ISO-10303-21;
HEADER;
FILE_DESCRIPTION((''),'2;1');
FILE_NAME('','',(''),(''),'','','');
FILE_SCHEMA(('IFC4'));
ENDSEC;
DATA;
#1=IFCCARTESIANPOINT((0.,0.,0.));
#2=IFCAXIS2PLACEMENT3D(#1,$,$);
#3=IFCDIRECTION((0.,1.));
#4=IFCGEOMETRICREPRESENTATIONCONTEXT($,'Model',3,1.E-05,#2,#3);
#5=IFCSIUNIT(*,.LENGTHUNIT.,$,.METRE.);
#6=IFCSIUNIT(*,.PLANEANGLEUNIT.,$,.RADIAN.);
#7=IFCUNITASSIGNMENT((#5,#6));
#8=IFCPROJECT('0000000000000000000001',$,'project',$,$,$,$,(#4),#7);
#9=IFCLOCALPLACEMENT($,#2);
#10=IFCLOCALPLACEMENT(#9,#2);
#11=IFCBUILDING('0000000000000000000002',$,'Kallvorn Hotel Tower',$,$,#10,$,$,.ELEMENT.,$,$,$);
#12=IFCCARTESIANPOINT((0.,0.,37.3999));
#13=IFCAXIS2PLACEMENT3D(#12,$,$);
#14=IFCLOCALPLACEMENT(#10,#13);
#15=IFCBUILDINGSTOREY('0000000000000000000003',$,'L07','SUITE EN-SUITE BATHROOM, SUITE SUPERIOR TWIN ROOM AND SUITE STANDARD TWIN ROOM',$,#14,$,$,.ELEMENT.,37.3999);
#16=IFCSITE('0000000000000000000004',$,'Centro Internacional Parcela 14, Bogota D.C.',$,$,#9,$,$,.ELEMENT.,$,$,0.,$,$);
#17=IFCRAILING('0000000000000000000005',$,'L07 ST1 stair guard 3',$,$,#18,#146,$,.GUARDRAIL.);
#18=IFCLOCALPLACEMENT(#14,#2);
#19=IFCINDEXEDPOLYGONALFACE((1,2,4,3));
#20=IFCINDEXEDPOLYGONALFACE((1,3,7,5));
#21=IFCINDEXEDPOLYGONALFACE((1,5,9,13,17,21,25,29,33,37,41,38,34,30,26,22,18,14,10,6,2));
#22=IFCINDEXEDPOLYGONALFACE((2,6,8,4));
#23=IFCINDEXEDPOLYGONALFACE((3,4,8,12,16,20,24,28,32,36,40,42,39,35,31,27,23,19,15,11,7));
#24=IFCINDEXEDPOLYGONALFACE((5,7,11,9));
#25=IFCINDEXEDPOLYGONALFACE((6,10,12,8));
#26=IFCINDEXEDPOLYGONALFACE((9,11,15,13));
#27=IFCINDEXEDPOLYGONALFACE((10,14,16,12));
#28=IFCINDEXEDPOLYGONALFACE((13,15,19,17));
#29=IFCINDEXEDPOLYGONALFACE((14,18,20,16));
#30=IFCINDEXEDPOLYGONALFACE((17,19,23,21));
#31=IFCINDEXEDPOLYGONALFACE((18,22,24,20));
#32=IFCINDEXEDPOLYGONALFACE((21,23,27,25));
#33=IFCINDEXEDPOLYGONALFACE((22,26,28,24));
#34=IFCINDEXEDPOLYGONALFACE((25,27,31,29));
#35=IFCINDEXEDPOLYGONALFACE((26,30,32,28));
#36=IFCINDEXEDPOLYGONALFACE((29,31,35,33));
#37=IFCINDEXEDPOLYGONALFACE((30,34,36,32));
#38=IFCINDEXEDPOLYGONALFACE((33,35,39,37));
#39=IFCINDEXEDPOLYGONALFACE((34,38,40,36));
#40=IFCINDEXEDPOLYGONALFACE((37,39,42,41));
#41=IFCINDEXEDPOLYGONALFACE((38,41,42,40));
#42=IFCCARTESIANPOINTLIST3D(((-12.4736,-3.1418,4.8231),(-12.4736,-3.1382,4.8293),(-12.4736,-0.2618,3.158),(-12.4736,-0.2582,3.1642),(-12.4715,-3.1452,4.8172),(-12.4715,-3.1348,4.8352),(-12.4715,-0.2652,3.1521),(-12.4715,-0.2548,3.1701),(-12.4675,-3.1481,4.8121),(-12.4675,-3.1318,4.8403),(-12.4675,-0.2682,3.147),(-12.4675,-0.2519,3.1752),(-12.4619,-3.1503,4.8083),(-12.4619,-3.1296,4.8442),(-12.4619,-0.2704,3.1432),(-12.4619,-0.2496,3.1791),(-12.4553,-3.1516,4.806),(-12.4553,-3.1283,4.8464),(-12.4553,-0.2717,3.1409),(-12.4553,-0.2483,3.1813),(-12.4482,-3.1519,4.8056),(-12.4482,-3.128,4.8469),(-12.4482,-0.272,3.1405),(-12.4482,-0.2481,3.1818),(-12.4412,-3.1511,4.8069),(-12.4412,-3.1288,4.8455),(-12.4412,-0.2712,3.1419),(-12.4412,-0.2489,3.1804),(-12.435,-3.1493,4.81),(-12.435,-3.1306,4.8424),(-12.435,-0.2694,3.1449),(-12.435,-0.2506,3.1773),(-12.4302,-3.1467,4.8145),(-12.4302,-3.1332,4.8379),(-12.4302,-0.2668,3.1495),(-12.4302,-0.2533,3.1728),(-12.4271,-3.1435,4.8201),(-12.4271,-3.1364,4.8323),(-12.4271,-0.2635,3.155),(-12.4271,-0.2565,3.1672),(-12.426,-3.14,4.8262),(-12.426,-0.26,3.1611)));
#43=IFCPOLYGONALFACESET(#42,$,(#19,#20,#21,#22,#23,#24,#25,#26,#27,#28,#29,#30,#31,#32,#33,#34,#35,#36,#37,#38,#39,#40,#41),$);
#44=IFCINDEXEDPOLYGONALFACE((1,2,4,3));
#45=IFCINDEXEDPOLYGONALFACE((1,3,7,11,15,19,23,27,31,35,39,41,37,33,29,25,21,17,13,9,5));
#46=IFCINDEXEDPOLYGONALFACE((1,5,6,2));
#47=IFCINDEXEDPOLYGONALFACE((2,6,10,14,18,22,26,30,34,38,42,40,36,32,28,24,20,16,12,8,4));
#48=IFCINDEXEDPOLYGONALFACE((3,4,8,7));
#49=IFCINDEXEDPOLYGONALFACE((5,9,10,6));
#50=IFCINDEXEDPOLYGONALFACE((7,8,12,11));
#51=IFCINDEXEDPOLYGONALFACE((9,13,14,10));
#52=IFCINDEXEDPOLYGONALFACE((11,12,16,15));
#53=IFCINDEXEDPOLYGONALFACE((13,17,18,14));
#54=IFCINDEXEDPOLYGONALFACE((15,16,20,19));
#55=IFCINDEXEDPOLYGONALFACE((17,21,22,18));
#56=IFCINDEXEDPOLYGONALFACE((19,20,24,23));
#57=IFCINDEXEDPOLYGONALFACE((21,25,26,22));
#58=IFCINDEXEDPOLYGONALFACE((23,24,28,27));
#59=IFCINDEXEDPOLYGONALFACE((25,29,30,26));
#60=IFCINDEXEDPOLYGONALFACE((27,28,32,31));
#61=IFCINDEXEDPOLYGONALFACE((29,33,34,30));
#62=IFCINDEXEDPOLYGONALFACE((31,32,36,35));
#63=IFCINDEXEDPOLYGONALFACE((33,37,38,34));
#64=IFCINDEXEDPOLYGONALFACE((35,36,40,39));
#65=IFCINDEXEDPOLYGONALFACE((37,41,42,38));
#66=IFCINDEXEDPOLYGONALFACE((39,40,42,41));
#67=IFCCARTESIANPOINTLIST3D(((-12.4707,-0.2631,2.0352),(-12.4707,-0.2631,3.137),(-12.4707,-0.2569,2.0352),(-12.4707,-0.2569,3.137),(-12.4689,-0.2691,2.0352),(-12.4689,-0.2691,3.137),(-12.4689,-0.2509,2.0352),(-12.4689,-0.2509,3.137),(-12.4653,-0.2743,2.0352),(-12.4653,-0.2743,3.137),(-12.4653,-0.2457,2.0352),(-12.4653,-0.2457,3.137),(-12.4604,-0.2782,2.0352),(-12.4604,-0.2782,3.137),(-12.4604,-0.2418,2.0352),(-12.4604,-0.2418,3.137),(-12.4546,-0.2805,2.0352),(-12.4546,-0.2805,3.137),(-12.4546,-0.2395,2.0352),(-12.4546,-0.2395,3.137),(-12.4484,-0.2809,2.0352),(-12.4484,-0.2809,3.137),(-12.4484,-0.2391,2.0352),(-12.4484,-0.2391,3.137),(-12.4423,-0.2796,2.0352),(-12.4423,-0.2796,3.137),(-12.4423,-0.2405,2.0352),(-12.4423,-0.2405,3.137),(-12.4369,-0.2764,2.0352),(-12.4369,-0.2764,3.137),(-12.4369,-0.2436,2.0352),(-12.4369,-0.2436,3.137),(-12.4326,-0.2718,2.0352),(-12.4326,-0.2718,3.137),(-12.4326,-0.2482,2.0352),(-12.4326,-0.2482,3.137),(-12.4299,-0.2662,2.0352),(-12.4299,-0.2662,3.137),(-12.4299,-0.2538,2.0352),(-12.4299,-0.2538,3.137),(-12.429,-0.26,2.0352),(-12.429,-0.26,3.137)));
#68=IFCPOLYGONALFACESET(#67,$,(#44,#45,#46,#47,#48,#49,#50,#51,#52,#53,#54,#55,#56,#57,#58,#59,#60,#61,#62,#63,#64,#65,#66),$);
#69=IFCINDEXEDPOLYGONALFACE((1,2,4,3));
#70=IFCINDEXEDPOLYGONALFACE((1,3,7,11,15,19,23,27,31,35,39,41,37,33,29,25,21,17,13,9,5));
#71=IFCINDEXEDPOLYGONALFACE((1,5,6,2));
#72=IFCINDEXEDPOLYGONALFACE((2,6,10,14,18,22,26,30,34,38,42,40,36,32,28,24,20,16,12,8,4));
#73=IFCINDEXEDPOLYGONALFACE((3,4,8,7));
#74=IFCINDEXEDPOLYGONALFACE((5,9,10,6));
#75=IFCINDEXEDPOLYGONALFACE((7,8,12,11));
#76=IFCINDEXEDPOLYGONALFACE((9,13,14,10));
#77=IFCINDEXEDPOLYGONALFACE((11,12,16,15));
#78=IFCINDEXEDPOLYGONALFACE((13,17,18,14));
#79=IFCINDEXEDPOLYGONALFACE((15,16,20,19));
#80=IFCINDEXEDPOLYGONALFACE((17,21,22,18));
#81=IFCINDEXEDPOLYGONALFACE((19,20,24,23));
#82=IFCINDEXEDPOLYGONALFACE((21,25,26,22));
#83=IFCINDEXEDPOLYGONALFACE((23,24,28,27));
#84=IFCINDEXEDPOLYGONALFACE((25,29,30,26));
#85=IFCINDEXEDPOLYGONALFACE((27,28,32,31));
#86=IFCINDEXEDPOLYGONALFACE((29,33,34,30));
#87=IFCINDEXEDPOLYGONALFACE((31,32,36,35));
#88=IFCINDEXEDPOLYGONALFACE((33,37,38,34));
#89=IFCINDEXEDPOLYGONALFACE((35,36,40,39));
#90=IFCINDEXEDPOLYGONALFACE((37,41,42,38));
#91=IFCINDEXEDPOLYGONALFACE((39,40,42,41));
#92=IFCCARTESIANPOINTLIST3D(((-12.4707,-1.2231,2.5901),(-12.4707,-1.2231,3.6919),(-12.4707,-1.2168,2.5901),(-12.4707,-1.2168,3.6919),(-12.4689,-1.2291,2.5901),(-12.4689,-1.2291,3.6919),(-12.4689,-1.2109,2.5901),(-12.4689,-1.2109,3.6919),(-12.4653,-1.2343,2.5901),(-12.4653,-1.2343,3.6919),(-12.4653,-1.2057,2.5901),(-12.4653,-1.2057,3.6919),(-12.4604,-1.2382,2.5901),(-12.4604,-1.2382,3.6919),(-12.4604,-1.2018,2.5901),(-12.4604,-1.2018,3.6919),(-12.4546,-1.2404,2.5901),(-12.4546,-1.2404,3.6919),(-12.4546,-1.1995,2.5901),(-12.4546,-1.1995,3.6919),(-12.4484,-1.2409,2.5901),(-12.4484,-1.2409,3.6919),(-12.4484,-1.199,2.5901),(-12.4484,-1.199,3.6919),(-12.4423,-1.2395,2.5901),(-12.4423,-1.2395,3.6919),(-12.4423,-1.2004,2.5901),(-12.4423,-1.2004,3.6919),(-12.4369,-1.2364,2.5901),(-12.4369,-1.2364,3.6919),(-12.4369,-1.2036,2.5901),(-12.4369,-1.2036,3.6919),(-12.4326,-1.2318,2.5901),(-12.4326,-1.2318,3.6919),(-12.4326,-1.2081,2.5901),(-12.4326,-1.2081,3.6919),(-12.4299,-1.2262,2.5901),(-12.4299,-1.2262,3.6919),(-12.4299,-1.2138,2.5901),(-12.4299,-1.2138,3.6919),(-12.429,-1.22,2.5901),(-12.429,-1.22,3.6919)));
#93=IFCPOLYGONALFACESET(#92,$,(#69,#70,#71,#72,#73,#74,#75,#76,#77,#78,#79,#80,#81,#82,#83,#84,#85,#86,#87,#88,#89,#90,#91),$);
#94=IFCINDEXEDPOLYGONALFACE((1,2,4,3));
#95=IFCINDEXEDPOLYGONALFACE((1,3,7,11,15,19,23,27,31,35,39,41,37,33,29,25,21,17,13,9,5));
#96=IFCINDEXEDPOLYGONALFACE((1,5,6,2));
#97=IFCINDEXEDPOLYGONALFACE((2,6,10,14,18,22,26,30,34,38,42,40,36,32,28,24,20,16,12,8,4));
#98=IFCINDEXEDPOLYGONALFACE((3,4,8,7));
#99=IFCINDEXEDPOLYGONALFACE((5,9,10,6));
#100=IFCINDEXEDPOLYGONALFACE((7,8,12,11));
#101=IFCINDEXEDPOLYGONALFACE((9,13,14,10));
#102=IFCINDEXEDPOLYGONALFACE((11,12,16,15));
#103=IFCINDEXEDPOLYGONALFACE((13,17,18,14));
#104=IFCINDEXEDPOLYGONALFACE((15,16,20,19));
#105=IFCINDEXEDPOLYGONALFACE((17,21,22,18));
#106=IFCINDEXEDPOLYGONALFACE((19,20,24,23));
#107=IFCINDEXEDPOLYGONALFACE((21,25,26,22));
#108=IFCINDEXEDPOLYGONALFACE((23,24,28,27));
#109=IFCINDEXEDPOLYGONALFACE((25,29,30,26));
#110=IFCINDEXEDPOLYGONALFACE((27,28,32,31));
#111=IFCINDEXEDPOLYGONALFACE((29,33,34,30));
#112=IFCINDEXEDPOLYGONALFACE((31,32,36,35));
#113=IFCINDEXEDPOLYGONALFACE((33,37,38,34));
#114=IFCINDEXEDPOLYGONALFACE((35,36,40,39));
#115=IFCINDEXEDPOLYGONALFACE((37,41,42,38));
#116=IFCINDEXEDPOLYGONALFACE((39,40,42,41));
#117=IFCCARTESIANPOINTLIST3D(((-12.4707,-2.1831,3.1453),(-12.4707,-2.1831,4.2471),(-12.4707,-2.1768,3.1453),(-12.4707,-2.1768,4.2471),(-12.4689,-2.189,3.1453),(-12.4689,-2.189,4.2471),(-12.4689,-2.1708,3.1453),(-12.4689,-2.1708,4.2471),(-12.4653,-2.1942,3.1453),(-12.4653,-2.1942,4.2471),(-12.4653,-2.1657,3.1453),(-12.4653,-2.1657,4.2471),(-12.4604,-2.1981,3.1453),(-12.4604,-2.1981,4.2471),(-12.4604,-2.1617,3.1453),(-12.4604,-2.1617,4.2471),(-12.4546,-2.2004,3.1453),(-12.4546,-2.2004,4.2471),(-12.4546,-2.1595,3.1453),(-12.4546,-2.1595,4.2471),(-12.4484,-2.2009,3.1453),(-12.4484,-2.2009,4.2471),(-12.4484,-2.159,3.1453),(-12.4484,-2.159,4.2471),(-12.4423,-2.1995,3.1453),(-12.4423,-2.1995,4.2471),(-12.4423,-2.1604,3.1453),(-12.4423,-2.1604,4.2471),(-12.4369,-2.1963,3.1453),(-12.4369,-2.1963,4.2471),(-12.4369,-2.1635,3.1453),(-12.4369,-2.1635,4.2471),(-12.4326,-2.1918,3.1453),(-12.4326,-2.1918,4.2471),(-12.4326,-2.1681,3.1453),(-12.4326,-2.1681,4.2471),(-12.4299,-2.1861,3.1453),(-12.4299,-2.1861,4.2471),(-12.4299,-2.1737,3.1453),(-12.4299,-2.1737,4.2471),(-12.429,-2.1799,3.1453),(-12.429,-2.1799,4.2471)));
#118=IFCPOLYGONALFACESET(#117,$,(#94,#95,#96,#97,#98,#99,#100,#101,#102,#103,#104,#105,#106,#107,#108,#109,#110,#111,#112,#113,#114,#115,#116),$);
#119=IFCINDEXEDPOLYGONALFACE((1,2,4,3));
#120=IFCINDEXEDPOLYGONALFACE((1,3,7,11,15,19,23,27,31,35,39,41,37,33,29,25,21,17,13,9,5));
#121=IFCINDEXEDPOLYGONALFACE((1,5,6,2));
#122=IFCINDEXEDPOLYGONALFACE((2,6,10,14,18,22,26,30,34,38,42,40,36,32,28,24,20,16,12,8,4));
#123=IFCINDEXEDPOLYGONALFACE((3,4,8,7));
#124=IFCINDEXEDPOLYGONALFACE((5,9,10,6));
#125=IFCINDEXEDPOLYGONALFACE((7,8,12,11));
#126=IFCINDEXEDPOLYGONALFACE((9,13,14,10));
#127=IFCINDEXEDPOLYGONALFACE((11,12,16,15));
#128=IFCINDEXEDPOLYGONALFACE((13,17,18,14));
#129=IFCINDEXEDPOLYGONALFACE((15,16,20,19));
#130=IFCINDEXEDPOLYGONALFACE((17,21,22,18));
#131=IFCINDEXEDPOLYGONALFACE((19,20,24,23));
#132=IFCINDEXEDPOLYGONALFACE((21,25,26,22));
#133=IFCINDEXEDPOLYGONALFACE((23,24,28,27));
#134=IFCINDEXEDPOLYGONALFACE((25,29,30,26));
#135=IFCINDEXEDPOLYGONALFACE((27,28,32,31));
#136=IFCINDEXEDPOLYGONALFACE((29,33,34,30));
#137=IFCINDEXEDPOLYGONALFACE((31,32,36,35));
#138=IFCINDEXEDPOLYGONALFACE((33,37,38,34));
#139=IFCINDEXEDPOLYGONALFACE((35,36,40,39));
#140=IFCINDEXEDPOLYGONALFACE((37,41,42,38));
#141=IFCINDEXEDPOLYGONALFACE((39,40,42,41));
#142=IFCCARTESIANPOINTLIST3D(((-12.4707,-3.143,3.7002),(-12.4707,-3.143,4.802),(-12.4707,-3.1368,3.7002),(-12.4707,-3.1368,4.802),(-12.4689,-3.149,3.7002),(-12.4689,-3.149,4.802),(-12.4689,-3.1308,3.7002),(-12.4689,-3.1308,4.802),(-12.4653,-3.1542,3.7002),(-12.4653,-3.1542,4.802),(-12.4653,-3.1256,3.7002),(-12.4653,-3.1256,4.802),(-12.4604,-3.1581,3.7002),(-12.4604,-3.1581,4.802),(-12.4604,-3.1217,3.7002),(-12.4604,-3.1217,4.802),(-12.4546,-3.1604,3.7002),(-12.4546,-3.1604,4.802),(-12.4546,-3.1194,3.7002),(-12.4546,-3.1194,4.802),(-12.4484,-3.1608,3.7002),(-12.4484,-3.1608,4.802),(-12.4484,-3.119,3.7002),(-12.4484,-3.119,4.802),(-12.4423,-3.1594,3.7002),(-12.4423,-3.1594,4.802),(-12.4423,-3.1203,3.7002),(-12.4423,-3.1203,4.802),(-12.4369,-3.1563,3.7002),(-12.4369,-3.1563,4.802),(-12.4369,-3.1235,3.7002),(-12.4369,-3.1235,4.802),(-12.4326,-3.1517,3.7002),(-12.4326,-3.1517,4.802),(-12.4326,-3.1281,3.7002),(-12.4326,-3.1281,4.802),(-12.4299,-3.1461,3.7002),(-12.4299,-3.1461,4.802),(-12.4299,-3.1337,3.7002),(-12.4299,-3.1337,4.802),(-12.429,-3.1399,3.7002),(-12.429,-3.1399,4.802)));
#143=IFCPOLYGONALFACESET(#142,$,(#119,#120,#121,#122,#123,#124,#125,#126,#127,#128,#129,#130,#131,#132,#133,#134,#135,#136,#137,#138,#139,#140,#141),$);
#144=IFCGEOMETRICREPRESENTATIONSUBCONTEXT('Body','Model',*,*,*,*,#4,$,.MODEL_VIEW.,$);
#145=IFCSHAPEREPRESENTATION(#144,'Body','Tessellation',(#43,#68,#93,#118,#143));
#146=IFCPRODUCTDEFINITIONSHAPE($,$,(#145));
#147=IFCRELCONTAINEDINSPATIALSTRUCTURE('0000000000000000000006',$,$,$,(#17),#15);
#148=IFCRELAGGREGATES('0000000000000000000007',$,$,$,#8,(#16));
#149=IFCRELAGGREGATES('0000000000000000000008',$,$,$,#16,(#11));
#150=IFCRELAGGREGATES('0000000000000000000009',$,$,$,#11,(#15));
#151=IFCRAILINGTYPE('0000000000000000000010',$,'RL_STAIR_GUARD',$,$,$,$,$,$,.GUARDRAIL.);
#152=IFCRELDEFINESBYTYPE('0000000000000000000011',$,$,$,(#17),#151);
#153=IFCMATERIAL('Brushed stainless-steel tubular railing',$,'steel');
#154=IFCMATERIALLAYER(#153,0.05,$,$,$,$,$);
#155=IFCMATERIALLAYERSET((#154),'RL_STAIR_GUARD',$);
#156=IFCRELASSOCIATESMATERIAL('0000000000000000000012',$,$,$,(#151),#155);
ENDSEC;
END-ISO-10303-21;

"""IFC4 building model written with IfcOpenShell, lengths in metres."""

from ifc_helpers import new_model, si_unit, direction, frame, origin, origin_2d, place, context, subcontext, project, spatial, circle, extrude, material, layer, layer_set, type_object, element, save


model = new_model("IFC4")

# Units and contexts
model_context = context("Model", 3, precision=1e-05, world=origin(), true_north=direction((0.0, 1.0)))
body_context = subcontext(model_context, "Body", "Model", "MODEL_VIEW")
ifc_project = project(units=[si_unit("LENGTHUNIT", "METRE"), si_unit("PLANEANGLEUNIT", "RADIAN")], contexts=[model_context])

# Site, building, storey
site_placement = place(None, origin())
site = spatial("IfcSite", under=ifc_project, at=site_placement, Name="Centro Internacional Parcela 14, Bogota D.C.", CompositionType="ELEMENT", RefElevation=0.0)
building_placement = place(site_placement, origin())
building = spatial("IfcBuilding", under=site, at=building_placement, Name="Kallvorn Hotel Tower", CompositionType="ELEMENT")
storey_placement = place(building_placement, frame((0.0, 0.0, 37.3999)))
storey = spatial("IfcBuildingStorey", under=building, at=storey_placement, Name="L07", Description="SUITE EN-SUITE BATHROOM, SUITE SUPERIOR TWIN ROOM AND SUITE STANDARD TWIN ROOM", CompositionType="ELEMENT", Elevation=37.3999)

# Railing
ifc_material_1 = material(Name="Brushed stainless-steel tubular railing", Category="steel")
ifc_layer_1 = layer(ifc_material_1, 0.05)
ifc_layer_set_1 = layer_set([ifc_layer_1], Name="RL_STAIR_GUARD")
railing_type_1 = type_object("IfcRailingType", Name="RL_STAIR_GUARD", PredefinedType="GUARDRAIL", material=ifc_layer_set_1)
railing_1_placement = place(storey_placement, frame((-12.45, -0.26, 2.0352)))
element("IfcRailing", 1, at=railing_1_placement, inside=storey, type_object=railing_type_1, Name="L07 ST1 stair guard 3", PredefinedType="GUARDRAIL", context=body_context, shape_type="SweptSolid", body=[
    extrude(circle(Radius=0.0239, at=origin_2d()), frame((0.0, 0.0, 1.126), z_axis=(0.0, -0.865721, 0.500527), x_axis=(1.0, 0.0, 0.0)), (0.0, 0.0, 1.0), 3.3267),
    extrude(circle(Radius=0.021, at=origin_2d()), origin(), (0.0, 0.0, 1.0), 1.1018),
    extrude(circle(Radius=0.021, at=origin_2d()), frame((0.0, -0.96, 0.5549)), (0.0, 0.0, 1.0), 1.1018),
    extrude(circle(Radius=0.021, at=origin_2d()), frame((0.0, -1.9199, 1.1101)), (0.0, 0.0, 1.0), 1.1018),
    extrude(circle(Radius=0.021, at=origin_2d()), frame((0.0, -2.8799, 1.665)), (0.0, 0.0, 1.0), 1.1018),
])

save(model, "model.ifc")
